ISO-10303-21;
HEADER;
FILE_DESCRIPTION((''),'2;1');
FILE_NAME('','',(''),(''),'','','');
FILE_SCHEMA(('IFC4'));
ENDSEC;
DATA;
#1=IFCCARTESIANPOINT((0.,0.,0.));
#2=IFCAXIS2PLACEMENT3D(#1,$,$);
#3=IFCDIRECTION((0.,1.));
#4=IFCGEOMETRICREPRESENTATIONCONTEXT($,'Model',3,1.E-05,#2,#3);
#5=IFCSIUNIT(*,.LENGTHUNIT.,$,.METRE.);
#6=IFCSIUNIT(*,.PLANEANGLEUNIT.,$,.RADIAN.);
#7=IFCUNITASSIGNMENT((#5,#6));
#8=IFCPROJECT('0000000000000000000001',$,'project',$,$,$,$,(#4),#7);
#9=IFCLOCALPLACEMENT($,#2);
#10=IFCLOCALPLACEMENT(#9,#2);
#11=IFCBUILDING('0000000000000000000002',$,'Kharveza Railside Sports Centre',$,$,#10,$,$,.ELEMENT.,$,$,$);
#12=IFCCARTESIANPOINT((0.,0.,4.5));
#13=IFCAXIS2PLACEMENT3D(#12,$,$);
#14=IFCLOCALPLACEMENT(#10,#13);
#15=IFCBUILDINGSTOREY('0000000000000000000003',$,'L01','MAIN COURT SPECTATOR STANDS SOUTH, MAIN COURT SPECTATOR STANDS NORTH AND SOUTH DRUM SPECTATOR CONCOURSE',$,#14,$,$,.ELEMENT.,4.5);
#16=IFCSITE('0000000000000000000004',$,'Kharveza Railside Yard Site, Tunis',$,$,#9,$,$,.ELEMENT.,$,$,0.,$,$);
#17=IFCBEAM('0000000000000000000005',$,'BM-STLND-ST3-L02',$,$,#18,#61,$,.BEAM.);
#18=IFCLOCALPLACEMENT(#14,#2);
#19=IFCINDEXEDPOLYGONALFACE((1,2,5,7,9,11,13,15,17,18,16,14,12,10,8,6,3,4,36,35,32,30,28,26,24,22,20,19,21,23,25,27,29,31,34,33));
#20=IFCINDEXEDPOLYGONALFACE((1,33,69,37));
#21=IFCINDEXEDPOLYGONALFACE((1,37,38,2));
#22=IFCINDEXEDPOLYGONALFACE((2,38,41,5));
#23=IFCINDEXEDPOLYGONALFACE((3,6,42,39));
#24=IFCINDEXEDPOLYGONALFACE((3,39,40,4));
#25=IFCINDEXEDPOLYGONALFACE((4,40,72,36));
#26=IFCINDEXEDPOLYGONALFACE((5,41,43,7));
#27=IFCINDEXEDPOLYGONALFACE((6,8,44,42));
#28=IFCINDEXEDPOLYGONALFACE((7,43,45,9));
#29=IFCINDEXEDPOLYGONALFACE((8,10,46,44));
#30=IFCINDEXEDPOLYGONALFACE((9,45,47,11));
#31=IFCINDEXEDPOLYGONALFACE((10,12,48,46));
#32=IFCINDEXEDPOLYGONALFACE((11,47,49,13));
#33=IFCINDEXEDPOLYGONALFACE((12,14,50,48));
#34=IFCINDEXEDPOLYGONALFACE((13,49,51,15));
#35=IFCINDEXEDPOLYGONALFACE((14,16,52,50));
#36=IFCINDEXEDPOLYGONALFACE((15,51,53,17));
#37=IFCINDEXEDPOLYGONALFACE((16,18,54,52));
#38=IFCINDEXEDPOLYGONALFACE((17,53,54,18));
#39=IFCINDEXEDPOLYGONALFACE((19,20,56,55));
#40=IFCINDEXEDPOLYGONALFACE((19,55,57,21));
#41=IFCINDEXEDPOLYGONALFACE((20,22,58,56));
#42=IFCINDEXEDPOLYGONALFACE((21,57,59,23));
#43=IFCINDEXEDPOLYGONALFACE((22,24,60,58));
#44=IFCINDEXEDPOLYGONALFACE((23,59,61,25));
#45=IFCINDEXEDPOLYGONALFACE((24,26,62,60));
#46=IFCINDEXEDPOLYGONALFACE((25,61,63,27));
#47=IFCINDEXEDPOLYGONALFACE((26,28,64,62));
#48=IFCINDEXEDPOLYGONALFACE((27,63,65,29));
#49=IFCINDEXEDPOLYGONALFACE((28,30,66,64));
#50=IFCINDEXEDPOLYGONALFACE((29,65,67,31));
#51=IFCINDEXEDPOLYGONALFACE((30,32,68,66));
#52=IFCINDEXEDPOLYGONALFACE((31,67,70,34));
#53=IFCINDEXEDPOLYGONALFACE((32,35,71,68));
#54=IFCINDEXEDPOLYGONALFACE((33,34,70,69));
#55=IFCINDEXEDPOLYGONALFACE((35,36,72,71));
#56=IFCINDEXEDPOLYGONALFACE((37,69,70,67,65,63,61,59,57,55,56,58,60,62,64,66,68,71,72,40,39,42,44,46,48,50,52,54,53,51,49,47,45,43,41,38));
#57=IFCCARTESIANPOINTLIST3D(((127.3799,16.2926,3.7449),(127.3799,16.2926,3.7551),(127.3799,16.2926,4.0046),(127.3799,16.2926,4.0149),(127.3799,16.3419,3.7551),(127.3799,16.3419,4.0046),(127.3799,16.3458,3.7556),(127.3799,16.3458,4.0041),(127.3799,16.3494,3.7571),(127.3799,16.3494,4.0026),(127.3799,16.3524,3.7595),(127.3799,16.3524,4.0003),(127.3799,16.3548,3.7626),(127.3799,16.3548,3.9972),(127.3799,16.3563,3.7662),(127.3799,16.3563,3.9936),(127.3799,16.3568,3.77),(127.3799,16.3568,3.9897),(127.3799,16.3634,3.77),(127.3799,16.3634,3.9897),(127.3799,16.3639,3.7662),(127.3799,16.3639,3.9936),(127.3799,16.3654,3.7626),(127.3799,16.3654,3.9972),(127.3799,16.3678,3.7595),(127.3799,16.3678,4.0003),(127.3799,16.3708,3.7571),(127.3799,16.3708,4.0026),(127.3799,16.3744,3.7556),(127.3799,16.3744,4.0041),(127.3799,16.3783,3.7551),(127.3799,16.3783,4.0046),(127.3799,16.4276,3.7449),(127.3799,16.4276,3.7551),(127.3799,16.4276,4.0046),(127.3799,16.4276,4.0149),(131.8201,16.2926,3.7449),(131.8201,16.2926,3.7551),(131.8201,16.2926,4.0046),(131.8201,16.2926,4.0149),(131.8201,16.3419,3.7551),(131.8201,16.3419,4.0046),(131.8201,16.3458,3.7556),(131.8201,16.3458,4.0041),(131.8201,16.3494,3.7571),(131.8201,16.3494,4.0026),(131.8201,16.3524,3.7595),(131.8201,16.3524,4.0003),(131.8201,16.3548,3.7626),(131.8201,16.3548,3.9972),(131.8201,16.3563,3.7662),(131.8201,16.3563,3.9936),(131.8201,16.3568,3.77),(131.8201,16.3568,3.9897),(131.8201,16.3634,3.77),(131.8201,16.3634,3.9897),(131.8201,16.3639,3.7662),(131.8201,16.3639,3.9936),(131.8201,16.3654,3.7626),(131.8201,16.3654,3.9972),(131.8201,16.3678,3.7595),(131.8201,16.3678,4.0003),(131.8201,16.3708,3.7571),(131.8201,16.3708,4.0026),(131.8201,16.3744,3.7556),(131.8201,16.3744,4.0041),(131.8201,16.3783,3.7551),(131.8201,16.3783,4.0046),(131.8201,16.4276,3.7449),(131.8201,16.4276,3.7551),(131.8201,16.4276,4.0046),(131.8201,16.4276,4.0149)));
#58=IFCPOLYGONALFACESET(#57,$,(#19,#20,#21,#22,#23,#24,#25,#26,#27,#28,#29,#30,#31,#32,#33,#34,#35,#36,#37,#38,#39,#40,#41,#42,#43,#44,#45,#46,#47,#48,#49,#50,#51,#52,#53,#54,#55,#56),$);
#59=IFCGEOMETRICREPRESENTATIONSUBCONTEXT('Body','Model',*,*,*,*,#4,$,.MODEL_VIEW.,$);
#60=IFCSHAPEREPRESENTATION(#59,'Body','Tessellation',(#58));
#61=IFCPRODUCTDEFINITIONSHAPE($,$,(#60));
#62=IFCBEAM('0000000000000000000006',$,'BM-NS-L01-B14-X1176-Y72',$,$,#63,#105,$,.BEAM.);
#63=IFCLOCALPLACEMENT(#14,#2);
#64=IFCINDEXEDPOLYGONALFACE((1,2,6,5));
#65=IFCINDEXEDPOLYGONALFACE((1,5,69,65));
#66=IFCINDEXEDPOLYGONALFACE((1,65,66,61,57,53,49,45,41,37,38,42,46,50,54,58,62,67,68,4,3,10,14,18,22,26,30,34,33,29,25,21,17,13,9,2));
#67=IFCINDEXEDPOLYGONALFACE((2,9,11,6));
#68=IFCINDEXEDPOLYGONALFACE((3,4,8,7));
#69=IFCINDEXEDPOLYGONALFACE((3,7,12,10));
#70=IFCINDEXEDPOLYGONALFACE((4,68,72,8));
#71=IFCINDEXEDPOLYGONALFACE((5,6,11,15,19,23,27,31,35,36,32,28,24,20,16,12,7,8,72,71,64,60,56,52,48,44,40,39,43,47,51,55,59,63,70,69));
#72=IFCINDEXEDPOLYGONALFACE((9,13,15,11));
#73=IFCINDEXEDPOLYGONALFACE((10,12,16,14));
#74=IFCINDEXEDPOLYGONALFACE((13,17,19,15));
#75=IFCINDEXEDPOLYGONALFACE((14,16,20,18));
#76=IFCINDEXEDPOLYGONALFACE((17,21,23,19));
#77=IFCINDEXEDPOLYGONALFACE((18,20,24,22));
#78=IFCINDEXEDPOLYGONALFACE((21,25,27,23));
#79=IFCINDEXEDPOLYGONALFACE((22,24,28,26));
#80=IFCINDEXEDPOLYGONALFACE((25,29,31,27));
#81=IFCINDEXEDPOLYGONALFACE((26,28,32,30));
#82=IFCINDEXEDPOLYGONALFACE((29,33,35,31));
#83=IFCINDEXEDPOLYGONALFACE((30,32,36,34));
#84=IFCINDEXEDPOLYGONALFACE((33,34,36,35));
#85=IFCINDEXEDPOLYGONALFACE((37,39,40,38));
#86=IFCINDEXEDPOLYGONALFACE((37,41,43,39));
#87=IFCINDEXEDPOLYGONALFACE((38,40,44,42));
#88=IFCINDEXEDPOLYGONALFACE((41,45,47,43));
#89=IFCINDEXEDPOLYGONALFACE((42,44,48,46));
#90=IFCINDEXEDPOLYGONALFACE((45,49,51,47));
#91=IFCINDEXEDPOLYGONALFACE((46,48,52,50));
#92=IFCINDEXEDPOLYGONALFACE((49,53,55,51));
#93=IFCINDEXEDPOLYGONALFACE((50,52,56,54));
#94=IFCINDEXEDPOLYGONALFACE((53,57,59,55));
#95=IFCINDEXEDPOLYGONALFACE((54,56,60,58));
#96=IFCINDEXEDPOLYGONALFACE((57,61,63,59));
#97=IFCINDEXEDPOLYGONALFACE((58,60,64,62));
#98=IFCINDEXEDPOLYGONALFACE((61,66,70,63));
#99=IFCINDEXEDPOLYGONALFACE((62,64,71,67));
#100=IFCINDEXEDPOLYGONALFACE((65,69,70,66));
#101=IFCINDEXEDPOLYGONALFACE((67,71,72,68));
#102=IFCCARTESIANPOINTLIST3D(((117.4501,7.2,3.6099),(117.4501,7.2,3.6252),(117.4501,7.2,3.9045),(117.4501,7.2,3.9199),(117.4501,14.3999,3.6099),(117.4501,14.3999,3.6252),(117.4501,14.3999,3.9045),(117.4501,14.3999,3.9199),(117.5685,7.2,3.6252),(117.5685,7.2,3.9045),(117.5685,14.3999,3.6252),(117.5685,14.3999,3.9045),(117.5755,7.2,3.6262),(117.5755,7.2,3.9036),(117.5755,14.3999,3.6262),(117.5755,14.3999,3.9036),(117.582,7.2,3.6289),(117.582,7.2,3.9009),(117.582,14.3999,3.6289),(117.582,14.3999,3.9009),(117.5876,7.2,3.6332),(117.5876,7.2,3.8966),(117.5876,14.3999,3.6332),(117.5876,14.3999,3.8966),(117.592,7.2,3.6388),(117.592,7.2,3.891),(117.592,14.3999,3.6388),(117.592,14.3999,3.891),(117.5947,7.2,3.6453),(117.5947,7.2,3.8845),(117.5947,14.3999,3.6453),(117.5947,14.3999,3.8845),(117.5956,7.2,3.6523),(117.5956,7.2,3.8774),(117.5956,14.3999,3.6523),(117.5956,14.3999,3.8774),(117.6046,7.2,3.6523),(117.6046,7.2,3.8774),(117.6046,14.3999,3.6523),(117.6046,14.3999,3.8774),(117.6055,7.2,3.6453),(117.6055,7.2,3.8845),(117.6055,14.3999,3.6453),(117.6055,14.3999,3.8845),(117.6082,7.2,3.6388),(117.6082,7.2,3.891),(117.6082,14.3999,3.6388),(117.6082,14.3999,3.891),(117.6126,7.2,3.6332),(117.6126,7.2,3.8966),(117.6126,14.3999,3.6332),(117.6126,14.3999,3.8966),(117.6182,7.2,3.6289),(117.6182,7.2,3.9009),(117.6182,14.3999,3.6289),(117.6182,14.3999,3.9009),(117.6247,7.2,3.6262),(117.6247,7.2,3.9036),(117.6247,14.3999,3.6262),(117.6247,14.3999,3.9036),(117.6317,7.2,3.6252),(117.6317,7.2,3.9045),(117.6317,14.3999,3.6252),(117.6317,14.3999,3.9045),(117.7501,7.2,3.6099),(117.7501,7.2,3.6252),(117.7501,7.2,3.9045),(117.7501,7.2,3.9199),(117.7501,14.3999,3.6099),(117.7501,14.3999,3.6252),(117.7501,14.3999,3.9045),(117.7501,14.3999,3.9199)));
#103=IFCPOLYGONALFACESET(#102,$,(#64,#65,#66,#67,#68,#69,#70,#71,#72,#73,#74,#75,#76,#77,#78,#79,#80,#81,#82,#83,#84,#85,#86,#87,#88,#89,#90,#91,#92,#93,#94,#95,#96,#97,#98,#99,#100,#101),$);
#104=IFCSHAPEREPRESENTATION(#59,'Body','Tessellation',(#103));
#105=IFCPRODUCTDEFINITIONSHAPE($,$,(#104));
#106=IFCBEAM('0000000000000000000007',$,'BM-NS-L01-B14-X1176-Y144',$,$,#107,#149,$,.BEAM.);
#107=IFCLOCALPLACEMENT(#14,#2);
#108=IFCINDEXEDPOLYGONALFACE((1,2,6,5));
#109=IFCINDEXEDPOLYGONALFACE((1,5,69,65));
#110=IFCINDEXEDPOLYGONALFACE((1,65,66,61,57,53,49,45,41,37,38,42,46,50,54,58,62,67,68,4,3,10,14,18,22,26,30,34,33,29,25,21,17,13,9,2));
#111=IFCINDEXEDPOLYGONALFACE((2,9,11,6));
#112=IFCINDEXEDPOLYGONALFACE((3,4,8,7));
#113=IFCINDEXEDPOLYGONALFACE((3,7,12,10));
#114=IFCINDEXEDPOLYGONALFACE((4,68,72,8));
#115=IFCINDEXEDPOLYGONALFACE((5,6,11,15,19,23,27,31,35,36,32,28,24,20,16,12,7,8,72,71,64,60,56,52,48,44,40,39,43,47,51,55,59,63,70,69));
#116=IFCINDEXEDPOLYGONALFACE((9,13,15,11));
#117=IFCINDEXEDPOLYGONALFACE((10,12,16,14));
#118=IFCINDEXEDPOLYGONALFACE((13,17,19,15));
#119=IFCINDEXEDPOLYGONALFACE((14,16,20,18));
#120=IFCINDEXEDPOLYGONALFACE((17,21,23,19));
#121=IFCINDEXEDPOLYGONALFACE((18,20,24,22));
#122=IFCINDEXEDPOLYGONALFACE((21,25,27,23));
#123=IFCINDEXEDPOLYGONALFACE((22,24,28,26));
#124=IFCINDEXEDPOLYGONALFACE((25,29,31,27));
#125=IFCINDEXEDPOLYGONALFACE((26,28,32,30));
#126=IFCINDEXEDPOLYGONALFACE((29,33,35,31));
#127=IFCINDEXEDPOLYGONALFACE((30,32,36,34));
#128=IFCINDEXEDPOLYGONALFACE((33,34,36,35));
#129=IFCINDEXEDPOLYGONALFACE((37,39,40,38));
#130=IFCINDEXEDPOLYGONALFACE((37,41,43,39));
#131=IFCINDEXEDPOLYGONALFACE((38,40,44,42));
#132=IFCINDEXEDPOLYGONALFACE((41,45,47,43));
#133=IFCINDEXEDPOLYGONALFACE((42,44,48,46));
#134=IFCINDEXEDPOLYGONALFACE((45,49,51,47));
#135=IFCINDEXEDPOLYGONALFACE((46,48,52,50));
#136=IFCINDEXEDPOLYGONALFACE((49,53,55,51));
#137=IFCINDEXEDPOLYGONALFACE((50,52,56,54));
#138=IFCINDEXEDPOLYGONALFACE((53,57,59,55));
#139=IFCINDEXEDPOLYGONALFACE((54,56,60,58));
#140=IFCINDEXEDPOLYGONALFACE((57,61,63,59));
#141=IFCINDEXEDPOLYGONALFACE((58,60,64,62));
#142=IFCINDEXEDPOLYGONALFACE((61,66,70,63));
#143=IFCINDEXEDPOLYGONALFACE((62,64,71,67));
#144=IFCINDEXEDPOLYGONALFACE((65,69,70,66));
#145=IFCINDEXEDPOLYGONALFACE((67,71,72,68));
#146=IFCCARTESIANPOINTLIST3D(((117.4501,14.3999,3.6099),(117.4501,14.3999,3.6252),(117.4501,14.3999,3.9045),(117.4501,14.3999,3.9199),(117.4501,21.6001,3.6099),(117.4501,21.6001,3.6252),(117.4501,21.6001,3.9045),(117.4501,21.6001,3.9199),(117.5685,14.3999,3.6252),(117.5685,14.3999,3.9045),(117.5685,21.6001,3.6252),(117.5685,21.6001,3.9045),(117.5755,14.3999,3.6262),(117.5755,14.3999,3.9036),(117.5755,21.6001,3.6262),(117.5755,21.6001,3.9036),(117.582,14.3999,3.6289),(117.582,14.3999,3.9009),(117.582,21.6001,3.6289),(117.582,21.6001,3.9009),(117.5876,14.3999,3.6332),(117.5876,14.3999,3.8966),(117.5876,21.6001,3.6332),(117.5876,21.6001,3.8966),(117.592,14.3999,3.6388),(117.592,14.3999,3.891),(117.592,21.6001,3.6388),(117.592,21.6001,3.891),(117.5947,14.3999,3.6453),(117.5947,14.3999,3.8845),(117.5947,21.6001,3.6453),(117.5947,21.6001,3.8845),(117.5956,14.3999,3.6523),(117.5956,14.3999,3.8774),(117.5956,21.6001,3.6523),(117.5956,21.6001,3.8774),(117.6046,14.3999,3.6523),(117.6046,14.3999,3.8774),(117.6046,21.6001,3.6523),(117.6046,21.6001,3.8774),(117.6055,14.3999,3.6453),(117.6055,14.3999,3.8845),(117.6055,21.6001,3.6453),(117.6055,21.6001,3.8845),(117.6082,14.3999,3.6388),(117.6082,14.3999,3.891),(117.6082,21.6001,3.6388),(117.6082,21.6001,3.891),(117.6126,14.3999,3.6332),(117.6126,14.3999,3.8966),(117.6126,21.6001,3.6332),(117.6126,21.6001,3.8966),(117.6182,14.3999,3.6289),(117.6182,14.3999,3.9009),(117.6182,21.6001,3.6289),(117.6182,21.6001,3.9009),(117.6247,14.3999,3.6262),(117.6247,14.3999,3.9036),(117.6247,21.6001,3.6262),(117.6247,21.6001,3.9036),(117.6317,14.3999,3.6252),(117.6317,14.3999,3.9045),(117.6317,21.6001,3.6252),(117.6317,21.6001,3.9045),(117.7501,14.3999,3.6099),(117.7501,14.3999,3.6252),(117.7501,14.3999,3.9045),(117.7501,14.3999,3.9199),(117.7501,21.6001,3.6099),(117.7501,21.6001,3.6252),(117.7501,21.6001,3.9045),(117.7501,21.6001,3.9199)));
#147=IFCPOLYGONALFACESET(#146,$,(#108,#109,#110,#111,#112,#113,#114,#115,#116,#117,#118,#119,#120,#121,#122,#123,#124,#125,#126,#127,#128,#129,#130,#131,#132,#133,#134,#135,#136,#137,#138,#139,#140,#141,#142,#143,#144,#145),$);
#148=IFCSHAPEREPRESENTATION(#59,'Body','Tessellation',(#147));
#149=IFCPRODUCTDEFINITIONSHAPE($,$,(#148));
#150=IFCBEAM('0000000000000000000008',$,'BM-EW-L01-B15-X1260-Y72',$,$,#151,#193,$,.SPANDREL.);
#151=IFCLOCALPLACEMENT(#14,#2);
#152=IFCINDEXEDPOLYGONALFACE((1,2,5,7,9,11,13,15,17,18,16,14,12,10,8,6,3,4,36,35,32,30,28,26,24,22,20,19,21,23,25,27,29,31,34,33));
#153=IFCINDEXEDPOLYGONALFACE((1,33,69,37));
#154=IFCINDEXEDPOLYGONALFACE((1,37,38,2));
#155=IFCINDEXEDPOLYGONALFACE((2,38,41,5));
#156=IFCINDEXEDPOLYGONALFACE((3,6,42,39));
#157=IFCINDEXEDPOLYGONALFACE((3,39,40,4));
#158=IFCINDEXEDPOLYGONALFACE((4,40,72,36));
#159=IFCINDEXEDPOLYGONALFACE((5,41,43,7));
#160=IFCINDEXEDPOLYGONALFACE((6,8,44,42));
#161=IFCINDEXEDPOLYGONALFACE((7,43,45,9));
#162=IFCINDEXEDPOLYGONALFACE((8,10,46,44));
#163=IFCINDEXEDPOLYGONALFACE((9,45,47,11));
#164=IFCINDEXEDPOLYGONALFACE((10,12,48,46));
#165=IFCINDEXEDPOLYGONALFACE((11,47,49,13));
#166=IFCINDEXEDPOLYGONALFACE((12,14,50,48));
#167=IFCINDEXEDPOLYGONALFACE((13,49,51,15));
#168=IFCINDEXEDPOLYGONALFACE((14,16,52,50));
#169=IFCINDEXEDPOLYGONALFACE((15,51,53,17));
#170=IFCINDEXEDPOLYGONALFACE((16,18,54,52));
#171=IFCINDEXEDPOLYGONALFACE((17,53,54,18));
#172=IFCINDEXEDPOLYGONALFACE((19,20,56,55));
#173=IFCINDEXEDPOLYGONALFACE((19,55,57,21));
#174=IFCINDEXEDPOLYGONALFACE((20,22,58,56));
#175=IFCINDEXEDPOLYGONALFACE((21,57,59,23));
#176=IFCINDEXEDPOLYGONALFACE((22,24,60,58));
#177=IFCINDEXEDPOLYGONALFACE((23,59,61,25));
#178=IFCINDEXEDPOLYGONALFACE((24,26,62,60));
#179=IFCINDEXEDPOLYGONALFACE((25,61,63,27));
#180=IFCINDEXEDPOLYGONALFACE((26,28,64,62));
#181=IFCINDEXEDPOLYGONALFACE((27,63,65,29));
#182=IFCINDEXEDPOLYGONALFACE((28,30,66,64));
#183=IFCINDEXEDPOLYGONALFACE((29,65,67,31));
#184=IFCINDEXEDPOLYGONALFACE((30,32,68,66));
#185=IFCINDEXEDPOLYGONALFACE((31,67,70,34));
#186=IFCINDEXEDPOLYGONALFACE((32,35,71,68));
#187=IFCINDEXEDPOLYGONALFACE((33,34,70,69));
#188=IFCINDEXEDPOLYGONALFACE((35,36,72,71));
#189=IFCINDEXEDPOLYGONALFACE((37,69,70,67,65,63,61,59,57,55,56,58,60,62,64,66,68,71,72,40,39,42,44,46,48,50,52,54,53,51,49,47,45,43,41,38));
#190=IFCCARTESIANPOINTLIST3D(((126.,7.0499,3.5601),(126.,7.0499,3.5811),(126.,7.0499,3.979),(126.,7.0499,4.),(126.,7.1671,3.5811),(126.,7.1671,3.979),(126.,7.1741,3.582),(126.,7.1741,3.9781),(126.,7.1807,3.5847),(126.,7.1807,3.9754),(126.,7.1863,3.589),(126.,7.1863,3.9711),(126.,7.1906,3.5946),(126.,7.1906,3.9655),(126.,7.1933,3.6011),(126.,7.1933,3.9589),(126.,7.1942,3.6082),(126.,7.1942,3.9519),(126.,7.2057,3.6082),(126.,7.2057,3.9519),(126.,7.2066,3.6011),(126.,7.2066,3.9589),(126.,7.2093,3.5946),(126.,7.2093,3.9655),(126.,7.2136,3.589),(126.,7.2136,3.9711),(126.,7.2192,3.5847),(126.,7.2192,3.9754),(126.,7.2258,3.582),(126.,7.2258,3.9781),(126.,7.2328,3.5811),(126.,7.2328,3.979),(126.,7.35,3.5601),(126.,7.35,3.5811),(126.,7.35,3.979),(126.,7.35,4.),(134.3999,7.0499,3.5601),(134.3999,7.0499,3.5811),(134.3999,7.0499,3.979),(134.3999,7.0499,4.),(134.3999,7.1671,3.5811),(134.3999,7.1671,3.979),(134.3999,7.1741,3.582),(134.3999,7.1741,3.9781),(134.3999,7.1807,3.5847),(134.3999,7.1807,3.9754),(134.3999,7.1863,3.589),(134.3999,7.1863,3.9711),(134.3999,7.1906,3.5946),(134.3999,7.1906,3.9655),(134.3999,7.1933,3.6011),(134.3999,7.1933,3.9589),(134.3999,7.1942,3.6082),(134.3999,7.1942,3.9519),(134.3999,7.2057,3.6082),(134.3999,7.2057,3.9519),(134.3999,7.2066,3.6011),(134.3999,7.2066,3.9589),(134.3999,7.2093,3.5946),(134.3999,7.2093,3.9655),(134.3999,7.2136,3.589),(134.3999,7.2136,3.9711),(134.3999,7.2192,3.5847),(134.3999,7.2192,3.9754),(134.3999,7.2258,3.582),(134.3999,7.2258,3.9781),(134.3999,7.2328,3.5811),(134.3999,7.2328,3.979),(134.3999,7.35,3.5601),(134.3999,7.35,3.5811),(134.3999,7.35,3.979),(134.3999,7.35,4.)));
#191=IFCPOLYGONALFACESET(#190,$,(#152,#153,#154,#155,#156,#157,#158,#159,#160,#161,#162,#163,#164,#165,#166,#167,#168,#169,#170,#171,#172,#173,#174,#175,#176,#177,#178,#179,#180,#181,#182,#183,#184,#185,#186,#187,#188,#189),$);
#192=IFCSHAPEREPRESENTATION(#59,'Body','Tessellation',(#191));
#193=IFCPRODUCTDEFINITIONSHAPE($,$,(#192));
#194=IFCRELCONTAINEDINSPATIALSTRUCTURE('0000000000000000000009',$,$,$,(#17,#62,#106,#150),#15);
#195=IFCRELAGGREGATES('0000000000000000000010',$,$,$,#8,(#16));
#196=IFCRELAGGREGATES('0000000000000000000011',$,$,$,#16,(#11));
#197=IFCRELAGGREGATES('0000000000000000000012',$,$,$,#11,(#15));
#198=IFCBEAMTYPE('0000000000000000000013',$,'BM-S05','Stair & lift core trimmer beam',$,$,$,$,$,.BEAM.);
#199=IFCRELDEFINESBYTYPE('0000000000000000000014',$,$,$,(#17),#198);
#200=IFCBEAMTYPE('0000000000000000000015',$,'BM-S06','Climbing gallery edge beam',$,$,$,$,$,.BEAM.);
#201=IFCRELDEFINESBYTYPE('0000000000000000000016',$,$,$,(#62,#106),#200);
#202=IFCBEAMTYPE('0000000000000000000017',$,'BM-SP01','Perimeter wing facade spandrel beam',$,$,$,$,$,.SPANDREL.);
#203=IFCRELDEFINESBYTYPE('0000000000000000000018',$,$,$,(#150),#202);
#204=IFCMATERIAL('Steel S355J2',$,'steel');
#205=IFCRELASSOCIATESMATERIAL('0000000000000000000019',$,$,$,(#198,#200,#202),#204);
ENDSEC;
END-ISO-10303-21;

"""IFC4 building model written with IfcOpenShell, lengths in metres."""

from ifc_helpers import new_model, si_unit, direction, frame, origin, origin_2d, place, context, subcontext, project, spatial, i_section, extrude, material, material_profile, profile_set, type_object, element, save


model = new_model("IFC4")

# Units and contexts
model_context = context("Model", 3, precision=1e-05, world=origin(), true_north=direction((0.0, 1.0)))
body_context = subcontext(model_context, "Body", "Model", "MODEL_VIEW")
ifc_project = project(units=[si_unit("LENGTHUNIT", "METRE"), si_unit("PLANEANGLEUNIT", "RADIAN")], contexts=[model_context])

# Site, building, storey
site_placement = place(None, origin())
site = spatial("IfcSite", under=ifc_project, at=site_placement, Name="Kharveza Railside Yard Site, Tunis", CompositionType="ELEMENT", RefElevation=0.0)
building_placement = place(site_placement, origin())
building = spatial("IfcBuilding", under=site, at=building_placement, Name="Kharveza Railside Sports Centre", CompositionType="ELEMENT")
storey_placement = place(building_placement, frame((0.0, 0.0, 4.5)))
storey = spatial("IfcBuildingStorey", under=building, at=storey_placement, Name="L01", Description="MAIN COURT SPECTATOR STANDS SOUTH, MAIN COURT SPECTATOR STANDS NORTH AND SOUTH DRUM SPECTATOR CONCOURSE", CompositionType="ELEMENT", Elevation=4.5)

# Shared definitions
ifc_material_1 = material(Name="Steel S355J2", Category="steel")

# Beams
ifc_material_profile_1 = material_profile(ifc_material_1, i_section(OverallWidth=0.135, OverallDepth=0.27, WebThickness=0.0066, FlangeThickness=0.0103, FilletRadius=0.0149, at=origin_2d()), Name="IPE 270")
ifc_profile_set_1 = profile_set([ifc_material_profile_1], Name="Steel S355J2")
beam_type_1 = type_object("IfcBeamType", Name="BM-S05", Description="Stair & lift core trimmer beam", PredefinedType="BEAM", material=ifc_profile_set_1)
beam_1_placement = place(storey_placement, frame((127.3799, 16.3601, 3.8799), z_axis=(1.0, 0.0, 0.0), x_axis=(0.0, 1.0, 0.0)))
element("IfcBeam", 1, at=beam_1_placement, inside=storey, type_object=beam_type_1, Name="BM-STLND-ST3-L02", PredefinedType="BEAM", context=body_context, shape_type="SweptSolid", body=[
    extrude(i_section(OverallWidth=0.135, OverallDepth=0.27, WebThickness=0.0066, FlangeThickness=0.0103, FilletRadius=0.0149, at=origin_2d()), origin(), (0.0, 0.0, 1.0), 4.4402),
])
ifc_material_profile_2 = material_profile(ifc_material_1, i_section(OverallWidth=0.3, OverallDepth=0.3101, WebThickness=0.009, FlangeThickness=0.0154, FilletRadius=0.0271, at=origin_2d()), Name="HEA 320")
ifc_profile_set_2 = profile_set([ifc_material_profile_2], Name="Steel S355J2")
beam_type_2 = type_object("IfcBeamType", Name="BM-S06", Description="Climbing gallery edge beam", PredefinedType="BEAM", material=ifc_profile_set_2)
beam_2_placement = place(storey_placement, frame((117.6001, 7.2, 3.7649), z_axis=(0.0, 1.0, 0.0), x_axis=(-1.0, 0.0, 0.0)))
element("IfcBeam", 2, at=beam_2_placement, inside=storey, type_object=beam_type_2, Name="BM-NS-L01-B14-X1176-Y72", PredefinedType="BEAM", context=body_context, shape_type="SweptSolid", body=[
    extrude(i_section(OverallWidth=0.3, OverallDepth=0.3101, WebThickness=0.009, FlangeThickness=0.0154, FilletRadius=0.0271, at=origin_2d()), origin(), (0.0, 0.0, 1.0), 7.2),
])
beam_3_placement = place(storey_placement, frame((117.6001, 14.3999, 3.7649), z_axis=(0.0, 1.0, 0.0), x_axis=(-1.0, 0.0, 0.0)))
element("IfcBeam", 3, at=beam_3_placement, inside=storey, type_object=beam_type_2, Name="BM-NS-L01-B14-X1176-Y144", PredefinedType="BEAM", context=body_context, shape_type="SweptSolid", body=[
    extrude(i_section(OverallWidth=0.3, OverallDepth=0.3101, WebThickness=0.009, FlangeThickness=0.0154, FilletRadius=0.0271, at=origin_2d()), origin(), (0.0, 0.0, 1.0), 7.2002),
])
ifc_material_profile_3 = material_profile(ifc_material_1, i_section(OverallWidth=0.3, OverallDepth=0.4399, WebThickness=0.0115, FlangeThickness=0.021, FilletRadius=0.0271, at=origin_2d()), Name="HEA 450")
ifc_profile_set_3 = profile_set([ifc_material_profile_3], Name="Steel S355J2")
beam_type_3 = type_object("IfcBeamType", Name="BM-SP01", Description="Perimeter wing facade spandrel beam", PredefinedType="SPANDREL", material=ifc_profile_set_3)
beam_4_placement = place(storey_placement, frame((126.0, 7.2, 3.78), z_axis=(1.0, 0.0, 0.0), x_axis=(0.0, 1.0, 0.0)))
element("IfcBeam", 4, at=beam_4_placement, inside=storey, type_object=beam_type_3, Name="BM-EW-L01-B15-X1260-Y72", PredefinedType="SPANDREL", context=body_context, shape_type="SweptSolid", body=[
    extrude(i_section(OverallWidth=0.3, OverallDepth=0.4399, WebThickness=0.0115, FlangeThickness=0.021, FilletRadius=0.0271, at=origin_2d()), origin(), (0.0, 0.0, 1.0), 8.3999),
])

save(model, "model.ifc")
